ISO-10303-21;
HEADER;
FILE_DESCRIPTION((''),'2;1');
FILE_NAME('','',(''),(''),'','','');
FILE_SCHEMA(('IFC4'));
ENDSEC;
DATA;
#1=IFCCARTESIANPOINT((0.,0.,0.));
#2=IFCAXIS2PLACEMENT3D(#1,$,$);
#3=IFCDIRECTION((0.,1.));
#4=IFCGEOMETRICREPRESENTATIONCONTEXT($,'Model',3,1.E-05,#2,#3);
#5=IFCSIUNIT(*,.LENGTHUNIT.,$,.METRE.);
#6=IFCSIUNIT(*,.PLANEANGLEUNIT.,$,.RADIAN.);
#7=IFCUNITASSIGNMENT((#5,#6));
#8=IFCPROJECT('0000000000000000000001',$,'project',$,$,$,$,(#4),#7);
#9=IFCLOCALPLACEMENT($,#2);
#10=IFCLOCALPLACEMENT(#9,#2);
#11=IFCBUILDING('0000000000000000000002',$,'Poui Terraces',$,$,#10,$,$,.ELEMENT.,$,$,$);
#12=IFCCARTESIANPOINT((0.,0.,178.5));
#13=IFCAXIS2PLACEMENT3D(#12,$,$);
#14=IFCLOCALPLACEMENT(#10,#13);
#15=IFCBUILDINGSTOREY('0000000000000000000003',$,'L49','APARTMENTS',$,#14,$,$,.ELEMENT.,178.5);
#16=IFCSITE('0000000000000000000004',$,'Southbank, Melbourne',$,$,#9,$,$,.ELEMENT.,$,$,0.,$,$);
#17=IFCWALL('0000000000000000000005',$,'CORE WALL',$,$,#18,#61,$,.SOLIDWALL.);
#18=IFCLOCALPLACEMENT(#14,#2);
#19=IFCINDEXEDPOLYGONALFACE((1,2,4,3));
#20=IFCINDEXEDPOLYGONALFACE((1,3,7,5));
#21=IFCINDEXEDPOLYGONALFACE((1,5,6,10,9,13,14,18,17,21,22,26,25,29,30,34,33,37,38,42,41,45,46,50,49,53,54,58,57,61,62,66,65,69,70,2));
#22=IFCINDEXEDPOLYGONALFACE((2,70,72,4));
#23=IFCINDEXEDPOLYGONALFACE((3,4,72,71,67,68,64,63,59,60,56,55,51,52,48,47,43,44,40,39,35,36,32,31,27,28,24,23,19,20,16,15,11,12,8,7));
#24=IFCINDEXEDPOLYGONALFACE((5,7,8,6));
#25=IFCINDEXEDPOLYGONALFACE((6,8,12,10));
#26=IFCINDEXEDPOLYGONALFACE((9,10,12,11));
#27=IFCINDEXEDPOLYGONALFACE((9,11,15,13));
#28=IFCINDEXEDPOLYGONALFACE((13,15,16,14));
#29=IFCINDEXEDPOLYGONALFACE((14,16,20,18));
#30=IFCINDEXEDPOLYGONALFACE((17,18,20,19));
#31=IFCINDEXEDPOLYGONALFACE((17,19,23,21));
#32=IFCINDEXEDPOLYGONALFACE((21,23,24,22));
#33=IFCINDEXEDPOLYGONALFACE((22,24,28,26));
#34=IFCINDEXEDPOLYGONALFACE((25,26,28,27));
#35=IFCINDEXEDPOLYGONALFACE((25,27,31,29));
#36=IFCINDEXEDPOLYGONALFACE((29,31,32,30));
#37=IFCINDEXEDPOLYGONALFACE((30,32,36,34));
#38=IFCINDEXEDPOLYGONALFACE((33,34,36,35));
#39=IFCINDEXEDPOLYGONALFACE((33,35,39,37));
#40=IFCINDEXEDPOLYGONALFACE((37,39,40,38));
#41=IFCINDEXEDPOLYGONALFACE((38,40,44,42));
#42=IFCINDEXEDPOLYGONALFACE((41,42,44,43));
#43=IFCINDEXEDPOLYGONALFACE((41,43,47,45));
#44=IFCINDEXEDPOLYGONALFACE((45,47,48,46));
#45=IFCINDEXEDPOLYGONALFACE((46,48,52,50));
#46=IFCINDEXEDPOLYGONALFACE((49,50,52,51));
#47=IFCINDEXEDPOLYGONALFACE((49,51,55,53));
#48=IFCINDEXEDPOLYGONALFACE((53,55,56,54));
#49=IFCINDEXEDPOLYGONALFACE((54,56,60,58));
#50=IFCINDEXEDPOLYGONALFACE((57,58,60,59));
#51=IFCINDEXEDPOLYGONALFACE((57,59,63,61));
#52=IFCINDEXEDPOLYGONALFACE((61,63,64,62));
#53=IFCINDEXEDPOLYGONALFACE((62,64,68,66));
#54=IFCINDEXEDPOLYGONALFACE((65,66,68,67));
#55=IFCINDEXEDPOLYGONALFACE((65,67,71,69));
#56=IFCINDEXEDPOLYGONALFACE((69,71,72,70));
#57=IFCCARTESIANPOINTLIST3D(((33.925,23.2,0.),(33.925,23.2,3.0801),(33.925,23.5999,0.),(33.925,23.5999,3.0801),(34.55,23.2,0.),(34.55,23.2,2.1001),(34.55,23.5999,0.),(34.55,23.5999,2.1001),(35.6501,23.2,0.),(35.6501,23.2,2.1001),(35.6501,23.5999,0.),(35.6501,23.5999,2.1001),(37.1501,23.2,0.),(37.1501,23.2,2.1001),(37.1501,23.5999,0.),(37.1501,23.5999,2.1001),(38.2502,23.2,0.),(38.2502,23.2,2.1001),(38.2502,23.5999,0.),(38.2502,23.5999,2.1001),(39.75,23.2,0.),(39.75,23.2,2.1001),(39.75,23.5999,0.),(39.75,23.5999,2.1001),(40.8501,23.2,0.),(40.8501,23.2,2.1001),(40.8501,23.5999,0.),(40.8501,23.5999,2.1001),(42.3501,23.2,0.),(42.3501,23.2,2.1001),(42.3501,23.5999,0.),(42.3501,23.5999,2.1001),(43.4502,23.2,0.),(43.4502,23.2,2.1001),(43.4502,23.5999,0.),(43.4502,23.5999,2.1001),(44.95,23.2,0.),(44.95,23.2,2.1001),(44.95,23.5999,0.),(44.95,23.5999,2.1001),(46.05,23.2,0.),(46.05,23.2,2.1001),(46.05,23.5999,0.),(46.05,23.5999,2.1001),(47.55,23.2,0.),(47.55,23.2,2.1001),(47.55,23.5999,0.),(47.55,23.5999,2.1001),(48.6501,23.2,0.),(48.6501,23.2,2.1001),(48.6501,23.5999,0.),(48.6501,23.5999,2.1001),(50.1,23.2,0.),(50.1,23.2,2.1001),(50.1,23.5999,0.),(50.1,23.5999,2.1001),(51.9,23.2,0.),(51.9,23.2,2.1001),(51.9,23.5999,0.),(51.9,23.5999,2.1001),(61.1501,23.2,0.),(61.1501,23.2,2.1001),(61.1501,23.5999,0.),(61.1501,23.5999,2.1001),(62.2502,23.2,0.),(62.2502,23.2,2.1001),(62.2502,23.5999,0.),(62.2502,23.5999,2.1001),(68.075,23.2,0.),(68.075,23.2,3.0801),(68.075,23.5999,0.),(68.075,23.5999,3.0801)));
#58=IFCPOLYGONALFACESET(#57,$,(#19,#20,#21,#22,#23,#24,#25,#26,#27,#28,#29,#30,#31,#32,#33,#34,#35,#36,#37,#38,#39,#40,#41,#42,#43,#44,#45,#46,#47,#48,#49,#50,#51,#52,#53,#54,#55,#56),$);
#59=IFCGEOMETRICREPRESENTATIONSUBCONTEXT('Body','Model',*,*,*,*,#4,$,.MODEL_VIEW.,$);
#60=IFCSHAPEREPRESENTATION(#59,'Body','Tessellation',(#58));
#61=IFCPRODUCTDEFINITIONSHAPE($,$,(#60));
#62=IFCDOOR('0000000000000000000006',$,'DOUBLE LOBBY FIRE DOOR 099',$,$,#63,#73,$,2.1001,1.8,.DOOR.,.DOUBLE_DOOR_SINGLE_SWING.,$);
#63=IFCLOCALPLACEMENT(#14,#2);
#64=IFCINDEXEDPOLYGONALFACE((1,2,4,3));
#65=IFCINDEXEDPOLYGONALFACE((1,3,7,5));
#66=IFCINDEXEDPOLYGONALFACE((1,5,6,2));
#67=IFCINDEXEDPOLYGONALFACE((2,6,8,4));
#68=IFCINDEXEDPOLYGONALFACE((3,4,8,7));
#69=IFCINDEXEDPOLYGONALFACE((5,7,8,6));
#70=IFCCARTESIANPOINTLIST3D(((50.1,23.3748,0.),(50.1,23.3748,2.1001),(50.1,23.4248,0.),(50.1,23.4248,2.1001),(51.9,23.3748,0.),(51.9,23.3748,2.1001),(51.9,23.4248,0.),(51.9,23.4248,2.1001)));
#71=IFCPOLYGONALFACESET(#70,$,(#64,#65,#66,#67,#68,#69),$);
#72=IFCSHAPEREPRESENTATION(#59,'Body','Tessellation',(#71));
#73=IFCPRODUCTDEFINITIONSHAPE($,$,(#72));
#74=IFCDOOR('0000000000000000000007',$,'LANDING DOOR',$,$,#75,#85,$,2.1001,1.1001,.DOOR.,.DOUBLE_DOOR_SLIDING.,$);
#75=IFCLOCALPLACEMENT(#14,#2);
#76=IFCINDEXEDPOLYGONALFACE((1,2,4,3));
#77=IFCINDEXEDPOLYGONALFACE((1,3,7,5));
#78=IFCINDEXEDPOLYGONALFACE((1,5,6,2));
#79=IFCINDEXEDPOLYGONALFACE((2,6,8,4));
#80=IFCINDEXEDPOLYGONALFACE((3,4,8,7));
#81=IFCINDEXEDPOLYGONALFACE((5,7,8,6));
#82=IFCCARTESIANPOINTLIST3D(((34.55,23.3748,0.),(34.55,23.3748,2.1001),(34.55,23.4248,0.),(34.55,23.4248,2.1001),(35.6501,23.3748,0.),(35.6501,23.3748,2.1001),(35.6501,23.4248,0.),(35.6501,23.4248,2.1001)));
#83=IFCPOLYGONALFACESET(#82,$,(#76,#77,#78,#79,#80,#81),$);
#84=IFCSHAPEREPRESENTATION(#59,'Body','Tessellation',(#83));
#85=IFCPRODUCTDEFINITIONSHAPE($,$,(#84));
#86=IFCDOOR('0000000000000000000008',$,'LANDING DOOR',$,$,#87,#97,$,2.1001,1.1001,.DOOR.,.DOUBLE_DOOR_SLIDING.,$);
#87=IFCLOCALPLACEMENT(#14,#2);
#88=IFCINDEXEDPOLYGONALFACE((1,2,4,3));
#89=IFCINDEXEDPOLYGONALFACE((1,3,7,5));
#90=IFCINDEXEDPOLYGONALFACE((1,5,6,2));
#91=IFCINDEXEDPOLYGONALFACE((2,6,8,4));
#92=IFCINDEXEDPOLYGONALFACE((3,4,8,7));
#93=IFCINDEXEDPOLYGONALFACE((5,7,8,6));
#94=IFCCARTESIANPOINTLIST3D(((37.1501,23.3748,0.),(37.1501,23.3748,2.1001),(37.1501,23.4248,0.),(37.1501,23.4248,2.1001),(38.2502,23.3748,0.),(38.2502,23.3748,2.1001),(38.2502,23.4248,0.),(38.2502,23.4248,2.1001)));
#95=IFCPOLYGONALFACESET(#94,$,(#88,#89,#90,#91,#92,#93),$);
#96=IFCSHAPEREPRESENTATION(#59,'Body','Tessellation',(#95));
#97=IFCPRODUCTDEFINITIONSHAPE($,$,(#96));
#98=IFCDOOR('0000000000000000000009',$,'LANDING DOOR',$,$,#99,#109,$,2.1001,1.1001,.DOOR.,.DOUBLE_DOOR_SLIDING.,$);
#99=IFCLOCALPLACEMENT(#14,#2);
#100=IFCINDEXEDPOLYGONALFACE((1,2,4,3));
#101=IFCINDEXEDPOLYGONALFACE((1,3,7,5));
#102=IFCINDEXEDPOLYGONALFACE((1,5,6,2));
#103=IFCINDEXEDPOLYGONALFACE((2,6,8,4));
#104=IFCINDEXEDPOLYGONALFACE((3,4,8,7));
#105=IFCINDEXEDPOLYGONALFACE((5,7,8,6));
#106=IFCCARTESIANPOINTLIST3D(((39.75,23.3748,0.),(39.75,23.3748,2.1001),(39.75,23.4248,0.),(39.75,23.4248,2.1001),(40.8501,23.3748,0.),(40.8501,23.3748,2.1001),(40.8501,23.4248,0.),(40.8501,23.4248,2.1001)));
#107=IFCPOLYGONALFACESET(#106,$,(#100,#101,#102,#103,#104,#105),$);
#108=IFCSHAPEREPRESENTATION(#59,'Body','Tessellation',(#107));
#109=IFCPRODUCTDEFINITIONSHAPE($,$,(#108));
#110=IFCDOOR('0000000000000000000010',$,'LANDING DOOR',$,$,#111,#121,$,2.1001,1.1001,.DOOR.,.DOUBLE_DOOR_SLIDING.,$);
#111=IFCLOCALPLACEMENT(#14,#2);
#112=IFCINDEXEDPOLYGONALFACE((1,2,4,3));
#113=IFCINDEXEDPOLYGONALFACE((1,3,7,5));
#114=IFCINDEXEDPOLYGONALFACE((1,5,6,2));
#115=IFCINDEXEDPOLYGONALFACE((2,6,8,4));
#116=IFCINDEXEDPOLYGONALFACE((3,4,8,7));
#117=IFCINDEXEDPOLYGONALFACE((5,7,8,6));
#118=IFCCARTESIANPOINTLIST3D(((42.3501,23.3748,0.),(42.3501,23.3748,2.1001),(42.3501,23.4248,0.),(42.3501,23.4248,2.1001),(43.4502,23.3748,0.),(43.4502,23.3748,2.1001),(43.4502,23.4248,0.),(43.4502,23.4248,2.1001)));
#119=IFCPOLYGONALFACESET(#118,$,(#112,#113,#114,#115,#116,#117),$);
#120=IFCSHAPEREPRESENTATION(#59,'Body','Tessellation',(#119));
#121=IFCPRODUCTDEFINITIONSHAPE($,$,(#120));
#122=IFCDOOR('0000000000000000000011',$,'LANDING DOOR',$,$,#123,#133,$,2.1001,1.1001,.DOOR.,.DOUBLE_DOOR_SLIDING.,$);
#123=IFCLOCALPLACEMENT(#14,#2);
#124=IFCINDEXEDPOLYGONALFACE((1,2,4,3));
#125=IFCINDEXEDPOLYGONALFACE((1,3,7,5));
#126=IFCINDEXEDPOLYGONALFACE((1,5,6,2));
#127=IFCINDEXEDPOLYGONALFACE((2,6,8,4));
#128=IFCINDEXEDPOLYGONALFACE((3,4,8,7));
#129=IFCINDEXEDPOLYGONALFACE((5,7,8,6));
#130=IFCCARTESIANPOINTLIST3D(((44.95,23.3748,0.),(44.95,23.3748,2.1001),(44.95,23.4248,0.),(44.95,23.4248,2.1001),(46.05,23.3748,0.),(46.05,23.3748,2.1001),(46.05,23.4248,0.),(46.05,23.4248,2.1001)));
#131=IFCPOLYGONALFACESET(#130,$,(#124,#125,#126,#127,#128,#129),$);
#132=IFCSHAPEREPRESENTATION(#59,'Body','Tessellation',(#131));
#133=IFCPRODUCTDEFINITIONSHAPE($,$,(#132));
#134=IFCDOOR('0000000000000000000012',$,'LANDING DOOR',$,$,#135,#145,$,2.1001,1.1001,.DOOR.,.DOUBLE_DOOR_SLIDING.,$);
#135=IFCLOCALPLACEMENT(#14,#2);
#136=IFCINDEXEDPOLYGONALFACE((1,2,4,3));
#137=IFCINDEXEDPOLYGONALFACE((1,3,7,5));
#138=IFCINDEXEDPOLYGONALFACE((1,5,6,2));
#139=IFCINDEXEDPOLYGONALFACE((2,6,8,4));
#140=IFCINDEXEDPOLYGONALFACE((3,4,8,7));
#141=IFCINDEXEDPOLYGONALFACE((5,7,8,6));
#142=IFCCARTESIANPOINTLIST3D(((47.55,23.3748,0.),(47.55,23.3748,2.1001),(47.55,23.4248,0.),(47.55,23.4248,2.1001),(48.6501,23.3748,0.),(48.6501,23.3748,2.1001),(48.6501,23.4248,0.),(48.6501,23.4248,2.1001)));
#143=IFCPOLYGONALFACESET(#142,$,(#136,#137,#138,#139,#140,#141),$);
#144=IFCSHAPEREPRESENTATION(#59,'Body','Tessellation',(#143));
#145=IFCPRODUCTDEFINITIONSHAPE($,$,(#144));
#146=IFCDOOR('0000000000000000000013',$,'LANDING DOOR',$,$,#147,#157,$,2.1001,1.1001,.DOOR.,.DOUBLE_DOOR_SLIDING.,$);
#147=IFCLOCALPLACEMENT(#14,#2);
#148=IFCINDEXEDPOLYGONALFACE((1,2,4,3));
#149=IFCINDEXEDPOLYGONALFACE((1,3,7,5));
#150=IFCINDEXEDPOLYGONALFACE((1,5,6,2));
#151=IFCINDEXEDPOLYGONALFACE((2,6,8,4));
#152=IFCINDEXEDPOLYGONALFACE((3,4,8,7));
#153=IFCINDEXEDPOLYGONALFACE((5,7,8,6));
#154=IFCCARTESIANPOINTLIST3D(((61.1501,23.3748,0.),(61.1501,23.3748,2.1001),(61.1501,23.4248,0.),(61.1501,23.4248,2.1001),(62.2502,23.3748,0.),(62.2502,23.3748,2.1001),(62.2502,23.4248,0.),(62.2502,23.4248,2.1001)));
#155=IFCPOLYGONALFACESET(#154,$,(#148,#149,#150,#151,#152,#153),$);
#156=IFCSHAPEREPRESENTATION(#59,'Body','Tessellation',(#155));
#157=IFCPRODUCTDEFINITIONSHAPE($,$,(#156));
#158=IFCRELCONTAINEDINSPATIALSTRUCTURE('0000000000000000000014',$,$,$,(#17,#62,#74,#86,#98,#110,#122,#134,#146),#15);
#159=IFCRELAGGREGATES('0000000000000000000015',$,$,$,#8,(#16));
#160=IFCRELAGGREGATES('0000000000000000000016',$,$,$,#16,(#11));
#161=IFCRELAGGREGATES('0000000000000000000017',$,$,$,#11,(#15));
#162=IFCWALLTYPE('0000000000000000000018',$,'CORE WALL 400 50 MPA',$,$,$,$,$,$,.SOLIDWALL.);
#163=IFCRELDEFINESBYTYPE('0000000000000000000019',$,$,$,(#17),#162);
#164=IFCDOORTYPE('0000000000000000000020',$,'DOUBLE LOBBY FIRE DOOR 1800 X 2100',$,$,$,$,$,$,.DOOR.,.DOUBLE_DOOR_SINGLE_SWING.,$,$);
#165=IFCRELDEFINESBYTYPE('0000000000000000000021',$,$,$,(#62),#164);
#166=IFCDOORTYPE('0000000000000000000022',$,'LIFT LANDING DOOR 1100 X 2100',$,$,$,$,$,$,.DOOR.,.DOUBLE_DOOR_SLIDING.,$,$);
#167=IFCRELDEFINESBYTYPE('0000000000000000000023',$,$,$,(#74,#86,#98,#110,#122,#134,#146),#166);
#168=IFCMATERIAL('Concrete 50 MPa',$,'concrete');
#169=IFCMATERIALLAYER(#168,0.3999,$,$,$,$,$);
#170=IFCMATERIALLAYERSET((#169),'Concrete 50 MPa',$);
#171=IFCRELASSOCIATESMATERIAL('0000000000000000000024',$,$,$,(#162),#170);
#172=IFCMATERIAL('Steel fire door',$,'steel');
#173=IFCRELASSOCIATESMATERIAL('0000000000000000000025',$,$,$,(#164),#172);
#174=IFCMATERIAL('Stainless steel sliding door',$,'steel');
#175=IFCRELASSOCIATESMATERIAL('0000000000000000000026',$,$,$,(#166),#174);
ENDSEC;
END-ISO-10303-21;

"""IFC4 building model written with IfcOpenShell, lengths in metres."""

from ifc_helpers import new_model, si_unit, direction, frame, frame_2d, origin, place, context, subcontext, project, spatial, rectangle, extrude, material, layer, layer_set, type_object, element, fill, save


model = new_model("IFC4")

# Units and contexts
model_context = context("Model", 3, precision=1e-05, world=origin(), true_north=direction((0.0, 1.0)))
body_context = subcontext(model_context, "Body", "Model", "MODEL_VIEW")
ifc_project = project(units=[si_unit("LENGTHUNIT", "METRE"), si_unit("PLANEANGLEUNIT", "RADIAN")], contexts=[model_context])

# Site, building, storey
site_placement = place(None, origin())
site = spatial("IfcSite", under=ifc_project, at=site_placement, Name="Southbank, Melbourne", CompositionType="ELEMENT", RefElevation=0.0)
building_placement = place(site_placement, origin())
building = spatial("IfcBuilding", under=site, at=building_placement, Name="Poui Terraces", CompositionType="ELEMENT")
storey_placement = place(building_placement, frame((0.0, 0.0, 178.5)))
storey = spatial("IfcBuildingStorey", under=building, at=storey_placement, Name="L49", Description="APARTMENTS", CompositionType="ELEMENT", Elevation=178.5)

# Shared definitions
ifc_material_1 = material(Name="Concrete 50 MPa", Category="concrete")

# Wall, openings, doors
ifc_layer_1 = layer(ifc_material_1, 0.3999)
ifc_layer_set_1 = layer_set([ifc_layer_1], Name="Concrete 50 MPa")
wall_type_1 = type_object("IfcWallType", Name="CORE WALL 400 50 MPA", PredefinedType="SOLIDWALL", material=ifc_layer_set_1)
wall_1_placement = place(storey_placement, frame((33.925, 23.3999, 0.0), z_axis=(0.0, 0.0, 1.0), x_axis=(1.0, 0.0, 0.0)))
wall_1 = element("IfcWall", 1, at=wall_1_placement, inside=storey, type_object=wall_type_1, Name="CORE WALL", PredefinedType="SOLIDWALL", context=body_context, shape_type="SweptSolid", body=[
    extrude(rectangle(XDim=34.1499, YDim=0.3999, at=frame_2d((17.075, 0.0))), origin(), (0.0, 0.0, 1.0), 3.0801),
])
opening_1_placement = place(wall_1_placement, frame((16.175, 0.0, 0.0)))
opening_1 = element("IfcOpeningElement", 2, at=opening_1_placement, cuts=wall_1, PredefinedType="OPENING", context=body_context, shape_type="SweptSolid", body=[
    extrude(rectangle(XDim=1.8, YDim=2.1001, at=frame_2d((0.8999, 1.05))), frame((0.0, 0.21, 0.0), z_axis=(0.0, -1.0, 0.0), x_axis=(1.0, 0.0, 0.0)), (0.0, 0.0, 1.0), 0.4199),
])
opening_2_placement = place(wall_1_placement, frame((0.625, 0.0, 0.0)))
opening_2 = element("IfcOpeningElement", 3, at=opening_2_placement, cuts=wall_1, PredefinedType="OPENING", context=body_context, shape_type="SweptSolid", body=[
    extrude(rectangle(XDim=1.1001, YDim=2.1001, at=frame_2d((0.55, 1.05))), frame((0.0, 0.21, 0.0), z_axis=(0.0, -1.0, 0.0), x_axis=(1.0, 0.0, 0.0)), (0.0, 0.0, 1.0), 0.4199),
])
opening_3_placement = place(wall_1_placement, frame((3.2251, 0.0, 0.0)))
opening_3 = element("IfcOpeningElement", 4, at=opening_3_placement, cuts=wall_1, PredefinedType="OPENING", context=body_context, shape_type="SweptSolid", body=[
    extrude(rectangle(XDim=1.1001, YDim=2.1001, at=frame_2d((0.55, 1.05))), frame((0.0, 0.21, 0.0), z_axis=(0.0, -1.0, 0.0), x_axis=(1.0, 0.0, 0.0)), (0.0, 0.0, 1.0), 0.4199),
])
opening_4_placement = place(wall_1_placement, frame((5.825, 0.0, 0.0)))
opening_4 = element("IfcOpeningElement", 5, at=opening_4_placement, cuts=wall_1, PredefinedType="OPENING", context=body_context, shape_type="SweptSolid", body=[
    extrude(rectangle(XDim=1.1001, YDim=2.1001, at=frame_2d((0.55, 1.05))), frame((0.0, 0.21, 0.0), z_axis=(0.0, -1.0, 0.0), x_axis=(1.0, 0.0, 0.0)), (0.0, 0.0, 1.0), 0.4199),
])
opening_5_placement = place(wall_1_placement, frame((8.425, 0.0, 0.0)))
opening_5 = element("IfcOpeningElement", 6, at=opening_5_placement, cuts=wall_1, PredefinedType="OPENING", context=body_context, shape_type="SweptSolid", body=[
    extrude(rectangle(XDim=1.1001, YDim=2.1001, at=frame_2d((0.55, 1.05))), frame((0.0, 0.21, 0.0), z_axis=(0.0, -1.0, 0.0), x_axis=(1.0, 0.0, 0.0)), (0.0, 0.0, 1.0), 0.4199),
])
opening_6_placement = place(wall_1_placement, frame((11.0249, 0.0, 0.0)))
opening_6 = element("IfcOpeningElement", 7, at=opening_6_placement, cuts=wall_1, PredefinedType="OPENING", context=body_context, shape_type="SweptSolid", body=[
    extrude(rectangle(XDim=1.1001, YDim=2.1001, at=frame_2d((0.55, 1.05))), frame((0.0, 0.21, 0.0), z_axis=(0.0, -1.0, 0.0), x_axis=(1.0, 0.0, 0.0)), (0.0, 0.0, 1.0), 0.4199),
])
opening_7_placement = place(wall_1_placement, frame((13.625, 0.0, 0.0)))
opening_7 = element("IfcOpeningElement", 8, at=opening_7_placement, cuts=wall_1, PredefinedType="OPENING", context=body_context, shape_type="SweptSolid", body=[
    extrude(rectangle(XDim=1.1001, YDim=2.1001, at=frame_2d((0.55, 1.05))), frame((0.0, 0.21, 0.0), z_axis=(0.0, -1.0, 0.0), x_axis=(1.0, 0.0, 0.0)), (0.0, 0.0, 1.0), 0.4199),
])
opening_8_placement = place(wall_1_placement, frame((27.2251, 0.0, 0.0)))
opening_8 = element("IfcOpeningElement", 9, at=opening_8_placement, cuts=wall_1, PredefinedType="OPENING", context=body_context, shape_type="SweptSolid", body=[
    extrude(rectangle(XDim=1.1001, YDim=2.1001, at=frame_2d((0.55, 1.05))), frame((0.0, 0.21, 0.0), z_axis=(0.0, -1.0, 0.0), x_axis=(1.0, 0.0, 0.0)), (0.0, 0.0, 1.0), 0.4199),
])
ifc_material_2 = material(Name="Steel fire door", Category="steel")
door_type_1 = type_object("IfcDoorType", Name="DOUBLE LOBBY FIRE DOOR 1800 X 2100", OperationType="DOUBLE_DOOR_SINGLE_SWING", PredefinedType="DOOR", material=ifc_material_2)
door_1_placement = place(opening_1_placement, origin())
door_1 = element("IfcDoor", 10, at=door_1_placement, inside=storey, type_object=door_type_1, Name="DOUBLE LOBBY FIRE DOOR 099", OperationType="DOUBLE_DOOR_SINGLE_SWING", OverallHeight=2.1001, OverallWidth=1.8, PredefinedType="DOOR", context=body_context, shape_type="SweptSolid", body=[
    extrude(rectangle(XDim=1.8, YDim=2.1001, at=frame_2d((0.8999, 1.05))), frame((0.0, 0.0249, 0.0), z_axis=(0.0, -1.0, 0.0), x_axis=(1.0, 0.0, 0.0)), (0.0, 0.0, 1.0), 0.05),
])
fill(opening_1, door_1)
ifc_material_3 = material(Name="Stainless steel sliding door", Category="steel")
door_type_2 = type_object("IfcDoorType", Name="LIFT LANDING DOOR 1100 X 2100", OperationType="DOUBLE_DOOR_SLIDING", PredefinedType="DOOR", material=ifc_material_3)
door_2_placement = place(opening_2_placement, origin())
door_2 = element("IfcDoor", 11, at=door_2_placement, inside=storey, type_object=door_type_2, Name="LANDING DOOR", OperationType="DOUBLE_DOOR_SLIDING", OverallHeight=2.1001, OverallWidth=1.1001, PredefinedType="DOOR", context=body_context, shape_type="SweptSolid", body=[
    extrude(rectangle(XDim=1.1001, YDim=2.1001, at=frame_2d((0.55, 1.05))), frame((0.0, 0.0249, 0.0), z_axis=(0.0, -1.0, 0.0), x_axis=(1.0, 0.0, 0.0)), (0.0, 0.0, 1.0), 0.05),
])
fill(opening_2, door_2)
door_3_placement = place(opening_3_placement, origin())
door_3 = element("IfcDoor", 12, at=door_3_placement, inside=storey, type_object=door_type_2, Name="LANDING DOOR", OperationType="DOUBLE_DOOR_SLIDING", OverallHeight=2.1001, OverallWidth=1.1001, PredefinedType="DOOR", context=body_context, shape_type="SweptSolid", body=[
    extrude(rectangle(XDim=1.1001, YDim=2.1001, at=frame_2d((0.55, 1.05))), frame((0.0, 0.0249, 0.0), z_axis=(0.0, -1.0, 0.0), x_axis=(1.0, 0.0, 0.0)), (0.0, 0.0, 1.0), 0.05),
])
fill(opening_3, door_3)
door_4_placement = place(opening_4_placement, origin())
door_4 = element("IfcDoor", 13, at=door_4_placement, inside=storey, type_object=door_type_2, Name="LANDING DOOR", OperationType="DOUBLE_DOOR_SLIDING", OverallHeight=2.1001, OverallWidth=1.1001, PredefinedType="DOOR", context=body_context, shape_type="SweptSolid", body=[
    extrude(rectangle(XDim=1.1001, YDim=2.1001, at=frame_2d((0.55, 1.05))), frame((0.0, 0.0249, 0.0), z_axis=(0.0, -1.0, 0.0), x_axis=(1.0, 0.0, 0.0)), (0.0, 0.0, 1.0), 0.05),
])
fill(opening_4, door_4)
door_5_placement = place(opening_5_placement, origin())
door_5 = element("IfcDoor", 14, at=door_5_placement, inside=storey, type_object=door_type_2, Name="LANDING DOOR", OperationType="DOUBLE_DOOR_SLIDING", OverallHeight=2.1001, OverallWidth=1.1001, PredefinedType="DOOR", context=body_context, shape_type="SweptSolid", body=[
    extrude(rectangle(XDim=1.1001, YDim=2.1001, at=frame_2d((0.55, 1.05))), frame((0.0, 0.0249, 0.0), z_axis=(0.0, -1.0, 0.0), x_axis=(1.0, 0.0, 0.0)), (0.0, 0.0, 1.0), 0.05),
])
fill(opening_5, door_5)
door_6_placement = place(opening_6_placement, origin())
door_6 = element("IfcDoor", 15, at=door_6_placement, inside=storey, type_object=door_type_2, Name="LANDING DOOR", OperationType="DOUBLE_DOOR_SLIDING", OverallHeight=2.1001, OverallWidth=1.1001, PredefinedType="DOOR", context=body_context, shape_type="SweptSolid", body=[
    extrude(rectangle(XDim=1.1001, YDim=2.1001, at=frame_2d((0.55, 1.05))), frame((0.0, 0.0249, 0.0), z_axis=(0.0, -1.0, 0.0), x_axis=(1.0, 0.0, 0.0)), (0.0, 0.0, 1.0), 0.05),
])
fill(opening_6, door_6)
door_7_placement = place(opening_7_placement, origin())
door_7 = element("IfcDoor", 16, at=door_7_placement, inside=storey, type_object=door_type_2, Name="LANDING DOOR", OperationType="DOUBLE_DOOR_SLIDING", OverallHeight=2.1001, OverallWidth=1.1001, PredefinedType="DOOR", context=body_context, shape_type="SweptSolid", body=[
    extrude(rectangle(XDim=1.1001, YDim=2.1001, at=frame_2d((0.55, 1.05))), frame((0.0, 0.0249, 0.0), z_axis=(0.0, -1.0, 0.0), x_axis=(1.0, 0.0, 0.0)), (0.0, 0.0, 1.0), 0.05),
])
fill(opening_7, door_7)
door_8_placement = place(opening_8_placement, origin())
door_8 = element("IfcDoor", 17, at=door_8_placement, inside=storey, type_object=door_type_2, Name="LANDING DOOR", OperationType="DOUBLE_DOOR_SLIDING", OverallHeight=2.1001, OverallWidth=1.1001, PredefinedType="DOOR", context=body_context, shape_type="SweptSolid", body=[
    extrude(rectangle(XDim=1.1001, YDim=2.1001, at=frame_2d((0.55, 1.05))), frame((0.0, 0.0249, 0.0), z_axis=(0.0, -1.0, 0.0), x_axis=(1.0, 0.0, 0.0)), (0.0, 0.0, 1.0), 0.05),
])
fill(opening_8, door_8)

save(model, "model.ifc")
